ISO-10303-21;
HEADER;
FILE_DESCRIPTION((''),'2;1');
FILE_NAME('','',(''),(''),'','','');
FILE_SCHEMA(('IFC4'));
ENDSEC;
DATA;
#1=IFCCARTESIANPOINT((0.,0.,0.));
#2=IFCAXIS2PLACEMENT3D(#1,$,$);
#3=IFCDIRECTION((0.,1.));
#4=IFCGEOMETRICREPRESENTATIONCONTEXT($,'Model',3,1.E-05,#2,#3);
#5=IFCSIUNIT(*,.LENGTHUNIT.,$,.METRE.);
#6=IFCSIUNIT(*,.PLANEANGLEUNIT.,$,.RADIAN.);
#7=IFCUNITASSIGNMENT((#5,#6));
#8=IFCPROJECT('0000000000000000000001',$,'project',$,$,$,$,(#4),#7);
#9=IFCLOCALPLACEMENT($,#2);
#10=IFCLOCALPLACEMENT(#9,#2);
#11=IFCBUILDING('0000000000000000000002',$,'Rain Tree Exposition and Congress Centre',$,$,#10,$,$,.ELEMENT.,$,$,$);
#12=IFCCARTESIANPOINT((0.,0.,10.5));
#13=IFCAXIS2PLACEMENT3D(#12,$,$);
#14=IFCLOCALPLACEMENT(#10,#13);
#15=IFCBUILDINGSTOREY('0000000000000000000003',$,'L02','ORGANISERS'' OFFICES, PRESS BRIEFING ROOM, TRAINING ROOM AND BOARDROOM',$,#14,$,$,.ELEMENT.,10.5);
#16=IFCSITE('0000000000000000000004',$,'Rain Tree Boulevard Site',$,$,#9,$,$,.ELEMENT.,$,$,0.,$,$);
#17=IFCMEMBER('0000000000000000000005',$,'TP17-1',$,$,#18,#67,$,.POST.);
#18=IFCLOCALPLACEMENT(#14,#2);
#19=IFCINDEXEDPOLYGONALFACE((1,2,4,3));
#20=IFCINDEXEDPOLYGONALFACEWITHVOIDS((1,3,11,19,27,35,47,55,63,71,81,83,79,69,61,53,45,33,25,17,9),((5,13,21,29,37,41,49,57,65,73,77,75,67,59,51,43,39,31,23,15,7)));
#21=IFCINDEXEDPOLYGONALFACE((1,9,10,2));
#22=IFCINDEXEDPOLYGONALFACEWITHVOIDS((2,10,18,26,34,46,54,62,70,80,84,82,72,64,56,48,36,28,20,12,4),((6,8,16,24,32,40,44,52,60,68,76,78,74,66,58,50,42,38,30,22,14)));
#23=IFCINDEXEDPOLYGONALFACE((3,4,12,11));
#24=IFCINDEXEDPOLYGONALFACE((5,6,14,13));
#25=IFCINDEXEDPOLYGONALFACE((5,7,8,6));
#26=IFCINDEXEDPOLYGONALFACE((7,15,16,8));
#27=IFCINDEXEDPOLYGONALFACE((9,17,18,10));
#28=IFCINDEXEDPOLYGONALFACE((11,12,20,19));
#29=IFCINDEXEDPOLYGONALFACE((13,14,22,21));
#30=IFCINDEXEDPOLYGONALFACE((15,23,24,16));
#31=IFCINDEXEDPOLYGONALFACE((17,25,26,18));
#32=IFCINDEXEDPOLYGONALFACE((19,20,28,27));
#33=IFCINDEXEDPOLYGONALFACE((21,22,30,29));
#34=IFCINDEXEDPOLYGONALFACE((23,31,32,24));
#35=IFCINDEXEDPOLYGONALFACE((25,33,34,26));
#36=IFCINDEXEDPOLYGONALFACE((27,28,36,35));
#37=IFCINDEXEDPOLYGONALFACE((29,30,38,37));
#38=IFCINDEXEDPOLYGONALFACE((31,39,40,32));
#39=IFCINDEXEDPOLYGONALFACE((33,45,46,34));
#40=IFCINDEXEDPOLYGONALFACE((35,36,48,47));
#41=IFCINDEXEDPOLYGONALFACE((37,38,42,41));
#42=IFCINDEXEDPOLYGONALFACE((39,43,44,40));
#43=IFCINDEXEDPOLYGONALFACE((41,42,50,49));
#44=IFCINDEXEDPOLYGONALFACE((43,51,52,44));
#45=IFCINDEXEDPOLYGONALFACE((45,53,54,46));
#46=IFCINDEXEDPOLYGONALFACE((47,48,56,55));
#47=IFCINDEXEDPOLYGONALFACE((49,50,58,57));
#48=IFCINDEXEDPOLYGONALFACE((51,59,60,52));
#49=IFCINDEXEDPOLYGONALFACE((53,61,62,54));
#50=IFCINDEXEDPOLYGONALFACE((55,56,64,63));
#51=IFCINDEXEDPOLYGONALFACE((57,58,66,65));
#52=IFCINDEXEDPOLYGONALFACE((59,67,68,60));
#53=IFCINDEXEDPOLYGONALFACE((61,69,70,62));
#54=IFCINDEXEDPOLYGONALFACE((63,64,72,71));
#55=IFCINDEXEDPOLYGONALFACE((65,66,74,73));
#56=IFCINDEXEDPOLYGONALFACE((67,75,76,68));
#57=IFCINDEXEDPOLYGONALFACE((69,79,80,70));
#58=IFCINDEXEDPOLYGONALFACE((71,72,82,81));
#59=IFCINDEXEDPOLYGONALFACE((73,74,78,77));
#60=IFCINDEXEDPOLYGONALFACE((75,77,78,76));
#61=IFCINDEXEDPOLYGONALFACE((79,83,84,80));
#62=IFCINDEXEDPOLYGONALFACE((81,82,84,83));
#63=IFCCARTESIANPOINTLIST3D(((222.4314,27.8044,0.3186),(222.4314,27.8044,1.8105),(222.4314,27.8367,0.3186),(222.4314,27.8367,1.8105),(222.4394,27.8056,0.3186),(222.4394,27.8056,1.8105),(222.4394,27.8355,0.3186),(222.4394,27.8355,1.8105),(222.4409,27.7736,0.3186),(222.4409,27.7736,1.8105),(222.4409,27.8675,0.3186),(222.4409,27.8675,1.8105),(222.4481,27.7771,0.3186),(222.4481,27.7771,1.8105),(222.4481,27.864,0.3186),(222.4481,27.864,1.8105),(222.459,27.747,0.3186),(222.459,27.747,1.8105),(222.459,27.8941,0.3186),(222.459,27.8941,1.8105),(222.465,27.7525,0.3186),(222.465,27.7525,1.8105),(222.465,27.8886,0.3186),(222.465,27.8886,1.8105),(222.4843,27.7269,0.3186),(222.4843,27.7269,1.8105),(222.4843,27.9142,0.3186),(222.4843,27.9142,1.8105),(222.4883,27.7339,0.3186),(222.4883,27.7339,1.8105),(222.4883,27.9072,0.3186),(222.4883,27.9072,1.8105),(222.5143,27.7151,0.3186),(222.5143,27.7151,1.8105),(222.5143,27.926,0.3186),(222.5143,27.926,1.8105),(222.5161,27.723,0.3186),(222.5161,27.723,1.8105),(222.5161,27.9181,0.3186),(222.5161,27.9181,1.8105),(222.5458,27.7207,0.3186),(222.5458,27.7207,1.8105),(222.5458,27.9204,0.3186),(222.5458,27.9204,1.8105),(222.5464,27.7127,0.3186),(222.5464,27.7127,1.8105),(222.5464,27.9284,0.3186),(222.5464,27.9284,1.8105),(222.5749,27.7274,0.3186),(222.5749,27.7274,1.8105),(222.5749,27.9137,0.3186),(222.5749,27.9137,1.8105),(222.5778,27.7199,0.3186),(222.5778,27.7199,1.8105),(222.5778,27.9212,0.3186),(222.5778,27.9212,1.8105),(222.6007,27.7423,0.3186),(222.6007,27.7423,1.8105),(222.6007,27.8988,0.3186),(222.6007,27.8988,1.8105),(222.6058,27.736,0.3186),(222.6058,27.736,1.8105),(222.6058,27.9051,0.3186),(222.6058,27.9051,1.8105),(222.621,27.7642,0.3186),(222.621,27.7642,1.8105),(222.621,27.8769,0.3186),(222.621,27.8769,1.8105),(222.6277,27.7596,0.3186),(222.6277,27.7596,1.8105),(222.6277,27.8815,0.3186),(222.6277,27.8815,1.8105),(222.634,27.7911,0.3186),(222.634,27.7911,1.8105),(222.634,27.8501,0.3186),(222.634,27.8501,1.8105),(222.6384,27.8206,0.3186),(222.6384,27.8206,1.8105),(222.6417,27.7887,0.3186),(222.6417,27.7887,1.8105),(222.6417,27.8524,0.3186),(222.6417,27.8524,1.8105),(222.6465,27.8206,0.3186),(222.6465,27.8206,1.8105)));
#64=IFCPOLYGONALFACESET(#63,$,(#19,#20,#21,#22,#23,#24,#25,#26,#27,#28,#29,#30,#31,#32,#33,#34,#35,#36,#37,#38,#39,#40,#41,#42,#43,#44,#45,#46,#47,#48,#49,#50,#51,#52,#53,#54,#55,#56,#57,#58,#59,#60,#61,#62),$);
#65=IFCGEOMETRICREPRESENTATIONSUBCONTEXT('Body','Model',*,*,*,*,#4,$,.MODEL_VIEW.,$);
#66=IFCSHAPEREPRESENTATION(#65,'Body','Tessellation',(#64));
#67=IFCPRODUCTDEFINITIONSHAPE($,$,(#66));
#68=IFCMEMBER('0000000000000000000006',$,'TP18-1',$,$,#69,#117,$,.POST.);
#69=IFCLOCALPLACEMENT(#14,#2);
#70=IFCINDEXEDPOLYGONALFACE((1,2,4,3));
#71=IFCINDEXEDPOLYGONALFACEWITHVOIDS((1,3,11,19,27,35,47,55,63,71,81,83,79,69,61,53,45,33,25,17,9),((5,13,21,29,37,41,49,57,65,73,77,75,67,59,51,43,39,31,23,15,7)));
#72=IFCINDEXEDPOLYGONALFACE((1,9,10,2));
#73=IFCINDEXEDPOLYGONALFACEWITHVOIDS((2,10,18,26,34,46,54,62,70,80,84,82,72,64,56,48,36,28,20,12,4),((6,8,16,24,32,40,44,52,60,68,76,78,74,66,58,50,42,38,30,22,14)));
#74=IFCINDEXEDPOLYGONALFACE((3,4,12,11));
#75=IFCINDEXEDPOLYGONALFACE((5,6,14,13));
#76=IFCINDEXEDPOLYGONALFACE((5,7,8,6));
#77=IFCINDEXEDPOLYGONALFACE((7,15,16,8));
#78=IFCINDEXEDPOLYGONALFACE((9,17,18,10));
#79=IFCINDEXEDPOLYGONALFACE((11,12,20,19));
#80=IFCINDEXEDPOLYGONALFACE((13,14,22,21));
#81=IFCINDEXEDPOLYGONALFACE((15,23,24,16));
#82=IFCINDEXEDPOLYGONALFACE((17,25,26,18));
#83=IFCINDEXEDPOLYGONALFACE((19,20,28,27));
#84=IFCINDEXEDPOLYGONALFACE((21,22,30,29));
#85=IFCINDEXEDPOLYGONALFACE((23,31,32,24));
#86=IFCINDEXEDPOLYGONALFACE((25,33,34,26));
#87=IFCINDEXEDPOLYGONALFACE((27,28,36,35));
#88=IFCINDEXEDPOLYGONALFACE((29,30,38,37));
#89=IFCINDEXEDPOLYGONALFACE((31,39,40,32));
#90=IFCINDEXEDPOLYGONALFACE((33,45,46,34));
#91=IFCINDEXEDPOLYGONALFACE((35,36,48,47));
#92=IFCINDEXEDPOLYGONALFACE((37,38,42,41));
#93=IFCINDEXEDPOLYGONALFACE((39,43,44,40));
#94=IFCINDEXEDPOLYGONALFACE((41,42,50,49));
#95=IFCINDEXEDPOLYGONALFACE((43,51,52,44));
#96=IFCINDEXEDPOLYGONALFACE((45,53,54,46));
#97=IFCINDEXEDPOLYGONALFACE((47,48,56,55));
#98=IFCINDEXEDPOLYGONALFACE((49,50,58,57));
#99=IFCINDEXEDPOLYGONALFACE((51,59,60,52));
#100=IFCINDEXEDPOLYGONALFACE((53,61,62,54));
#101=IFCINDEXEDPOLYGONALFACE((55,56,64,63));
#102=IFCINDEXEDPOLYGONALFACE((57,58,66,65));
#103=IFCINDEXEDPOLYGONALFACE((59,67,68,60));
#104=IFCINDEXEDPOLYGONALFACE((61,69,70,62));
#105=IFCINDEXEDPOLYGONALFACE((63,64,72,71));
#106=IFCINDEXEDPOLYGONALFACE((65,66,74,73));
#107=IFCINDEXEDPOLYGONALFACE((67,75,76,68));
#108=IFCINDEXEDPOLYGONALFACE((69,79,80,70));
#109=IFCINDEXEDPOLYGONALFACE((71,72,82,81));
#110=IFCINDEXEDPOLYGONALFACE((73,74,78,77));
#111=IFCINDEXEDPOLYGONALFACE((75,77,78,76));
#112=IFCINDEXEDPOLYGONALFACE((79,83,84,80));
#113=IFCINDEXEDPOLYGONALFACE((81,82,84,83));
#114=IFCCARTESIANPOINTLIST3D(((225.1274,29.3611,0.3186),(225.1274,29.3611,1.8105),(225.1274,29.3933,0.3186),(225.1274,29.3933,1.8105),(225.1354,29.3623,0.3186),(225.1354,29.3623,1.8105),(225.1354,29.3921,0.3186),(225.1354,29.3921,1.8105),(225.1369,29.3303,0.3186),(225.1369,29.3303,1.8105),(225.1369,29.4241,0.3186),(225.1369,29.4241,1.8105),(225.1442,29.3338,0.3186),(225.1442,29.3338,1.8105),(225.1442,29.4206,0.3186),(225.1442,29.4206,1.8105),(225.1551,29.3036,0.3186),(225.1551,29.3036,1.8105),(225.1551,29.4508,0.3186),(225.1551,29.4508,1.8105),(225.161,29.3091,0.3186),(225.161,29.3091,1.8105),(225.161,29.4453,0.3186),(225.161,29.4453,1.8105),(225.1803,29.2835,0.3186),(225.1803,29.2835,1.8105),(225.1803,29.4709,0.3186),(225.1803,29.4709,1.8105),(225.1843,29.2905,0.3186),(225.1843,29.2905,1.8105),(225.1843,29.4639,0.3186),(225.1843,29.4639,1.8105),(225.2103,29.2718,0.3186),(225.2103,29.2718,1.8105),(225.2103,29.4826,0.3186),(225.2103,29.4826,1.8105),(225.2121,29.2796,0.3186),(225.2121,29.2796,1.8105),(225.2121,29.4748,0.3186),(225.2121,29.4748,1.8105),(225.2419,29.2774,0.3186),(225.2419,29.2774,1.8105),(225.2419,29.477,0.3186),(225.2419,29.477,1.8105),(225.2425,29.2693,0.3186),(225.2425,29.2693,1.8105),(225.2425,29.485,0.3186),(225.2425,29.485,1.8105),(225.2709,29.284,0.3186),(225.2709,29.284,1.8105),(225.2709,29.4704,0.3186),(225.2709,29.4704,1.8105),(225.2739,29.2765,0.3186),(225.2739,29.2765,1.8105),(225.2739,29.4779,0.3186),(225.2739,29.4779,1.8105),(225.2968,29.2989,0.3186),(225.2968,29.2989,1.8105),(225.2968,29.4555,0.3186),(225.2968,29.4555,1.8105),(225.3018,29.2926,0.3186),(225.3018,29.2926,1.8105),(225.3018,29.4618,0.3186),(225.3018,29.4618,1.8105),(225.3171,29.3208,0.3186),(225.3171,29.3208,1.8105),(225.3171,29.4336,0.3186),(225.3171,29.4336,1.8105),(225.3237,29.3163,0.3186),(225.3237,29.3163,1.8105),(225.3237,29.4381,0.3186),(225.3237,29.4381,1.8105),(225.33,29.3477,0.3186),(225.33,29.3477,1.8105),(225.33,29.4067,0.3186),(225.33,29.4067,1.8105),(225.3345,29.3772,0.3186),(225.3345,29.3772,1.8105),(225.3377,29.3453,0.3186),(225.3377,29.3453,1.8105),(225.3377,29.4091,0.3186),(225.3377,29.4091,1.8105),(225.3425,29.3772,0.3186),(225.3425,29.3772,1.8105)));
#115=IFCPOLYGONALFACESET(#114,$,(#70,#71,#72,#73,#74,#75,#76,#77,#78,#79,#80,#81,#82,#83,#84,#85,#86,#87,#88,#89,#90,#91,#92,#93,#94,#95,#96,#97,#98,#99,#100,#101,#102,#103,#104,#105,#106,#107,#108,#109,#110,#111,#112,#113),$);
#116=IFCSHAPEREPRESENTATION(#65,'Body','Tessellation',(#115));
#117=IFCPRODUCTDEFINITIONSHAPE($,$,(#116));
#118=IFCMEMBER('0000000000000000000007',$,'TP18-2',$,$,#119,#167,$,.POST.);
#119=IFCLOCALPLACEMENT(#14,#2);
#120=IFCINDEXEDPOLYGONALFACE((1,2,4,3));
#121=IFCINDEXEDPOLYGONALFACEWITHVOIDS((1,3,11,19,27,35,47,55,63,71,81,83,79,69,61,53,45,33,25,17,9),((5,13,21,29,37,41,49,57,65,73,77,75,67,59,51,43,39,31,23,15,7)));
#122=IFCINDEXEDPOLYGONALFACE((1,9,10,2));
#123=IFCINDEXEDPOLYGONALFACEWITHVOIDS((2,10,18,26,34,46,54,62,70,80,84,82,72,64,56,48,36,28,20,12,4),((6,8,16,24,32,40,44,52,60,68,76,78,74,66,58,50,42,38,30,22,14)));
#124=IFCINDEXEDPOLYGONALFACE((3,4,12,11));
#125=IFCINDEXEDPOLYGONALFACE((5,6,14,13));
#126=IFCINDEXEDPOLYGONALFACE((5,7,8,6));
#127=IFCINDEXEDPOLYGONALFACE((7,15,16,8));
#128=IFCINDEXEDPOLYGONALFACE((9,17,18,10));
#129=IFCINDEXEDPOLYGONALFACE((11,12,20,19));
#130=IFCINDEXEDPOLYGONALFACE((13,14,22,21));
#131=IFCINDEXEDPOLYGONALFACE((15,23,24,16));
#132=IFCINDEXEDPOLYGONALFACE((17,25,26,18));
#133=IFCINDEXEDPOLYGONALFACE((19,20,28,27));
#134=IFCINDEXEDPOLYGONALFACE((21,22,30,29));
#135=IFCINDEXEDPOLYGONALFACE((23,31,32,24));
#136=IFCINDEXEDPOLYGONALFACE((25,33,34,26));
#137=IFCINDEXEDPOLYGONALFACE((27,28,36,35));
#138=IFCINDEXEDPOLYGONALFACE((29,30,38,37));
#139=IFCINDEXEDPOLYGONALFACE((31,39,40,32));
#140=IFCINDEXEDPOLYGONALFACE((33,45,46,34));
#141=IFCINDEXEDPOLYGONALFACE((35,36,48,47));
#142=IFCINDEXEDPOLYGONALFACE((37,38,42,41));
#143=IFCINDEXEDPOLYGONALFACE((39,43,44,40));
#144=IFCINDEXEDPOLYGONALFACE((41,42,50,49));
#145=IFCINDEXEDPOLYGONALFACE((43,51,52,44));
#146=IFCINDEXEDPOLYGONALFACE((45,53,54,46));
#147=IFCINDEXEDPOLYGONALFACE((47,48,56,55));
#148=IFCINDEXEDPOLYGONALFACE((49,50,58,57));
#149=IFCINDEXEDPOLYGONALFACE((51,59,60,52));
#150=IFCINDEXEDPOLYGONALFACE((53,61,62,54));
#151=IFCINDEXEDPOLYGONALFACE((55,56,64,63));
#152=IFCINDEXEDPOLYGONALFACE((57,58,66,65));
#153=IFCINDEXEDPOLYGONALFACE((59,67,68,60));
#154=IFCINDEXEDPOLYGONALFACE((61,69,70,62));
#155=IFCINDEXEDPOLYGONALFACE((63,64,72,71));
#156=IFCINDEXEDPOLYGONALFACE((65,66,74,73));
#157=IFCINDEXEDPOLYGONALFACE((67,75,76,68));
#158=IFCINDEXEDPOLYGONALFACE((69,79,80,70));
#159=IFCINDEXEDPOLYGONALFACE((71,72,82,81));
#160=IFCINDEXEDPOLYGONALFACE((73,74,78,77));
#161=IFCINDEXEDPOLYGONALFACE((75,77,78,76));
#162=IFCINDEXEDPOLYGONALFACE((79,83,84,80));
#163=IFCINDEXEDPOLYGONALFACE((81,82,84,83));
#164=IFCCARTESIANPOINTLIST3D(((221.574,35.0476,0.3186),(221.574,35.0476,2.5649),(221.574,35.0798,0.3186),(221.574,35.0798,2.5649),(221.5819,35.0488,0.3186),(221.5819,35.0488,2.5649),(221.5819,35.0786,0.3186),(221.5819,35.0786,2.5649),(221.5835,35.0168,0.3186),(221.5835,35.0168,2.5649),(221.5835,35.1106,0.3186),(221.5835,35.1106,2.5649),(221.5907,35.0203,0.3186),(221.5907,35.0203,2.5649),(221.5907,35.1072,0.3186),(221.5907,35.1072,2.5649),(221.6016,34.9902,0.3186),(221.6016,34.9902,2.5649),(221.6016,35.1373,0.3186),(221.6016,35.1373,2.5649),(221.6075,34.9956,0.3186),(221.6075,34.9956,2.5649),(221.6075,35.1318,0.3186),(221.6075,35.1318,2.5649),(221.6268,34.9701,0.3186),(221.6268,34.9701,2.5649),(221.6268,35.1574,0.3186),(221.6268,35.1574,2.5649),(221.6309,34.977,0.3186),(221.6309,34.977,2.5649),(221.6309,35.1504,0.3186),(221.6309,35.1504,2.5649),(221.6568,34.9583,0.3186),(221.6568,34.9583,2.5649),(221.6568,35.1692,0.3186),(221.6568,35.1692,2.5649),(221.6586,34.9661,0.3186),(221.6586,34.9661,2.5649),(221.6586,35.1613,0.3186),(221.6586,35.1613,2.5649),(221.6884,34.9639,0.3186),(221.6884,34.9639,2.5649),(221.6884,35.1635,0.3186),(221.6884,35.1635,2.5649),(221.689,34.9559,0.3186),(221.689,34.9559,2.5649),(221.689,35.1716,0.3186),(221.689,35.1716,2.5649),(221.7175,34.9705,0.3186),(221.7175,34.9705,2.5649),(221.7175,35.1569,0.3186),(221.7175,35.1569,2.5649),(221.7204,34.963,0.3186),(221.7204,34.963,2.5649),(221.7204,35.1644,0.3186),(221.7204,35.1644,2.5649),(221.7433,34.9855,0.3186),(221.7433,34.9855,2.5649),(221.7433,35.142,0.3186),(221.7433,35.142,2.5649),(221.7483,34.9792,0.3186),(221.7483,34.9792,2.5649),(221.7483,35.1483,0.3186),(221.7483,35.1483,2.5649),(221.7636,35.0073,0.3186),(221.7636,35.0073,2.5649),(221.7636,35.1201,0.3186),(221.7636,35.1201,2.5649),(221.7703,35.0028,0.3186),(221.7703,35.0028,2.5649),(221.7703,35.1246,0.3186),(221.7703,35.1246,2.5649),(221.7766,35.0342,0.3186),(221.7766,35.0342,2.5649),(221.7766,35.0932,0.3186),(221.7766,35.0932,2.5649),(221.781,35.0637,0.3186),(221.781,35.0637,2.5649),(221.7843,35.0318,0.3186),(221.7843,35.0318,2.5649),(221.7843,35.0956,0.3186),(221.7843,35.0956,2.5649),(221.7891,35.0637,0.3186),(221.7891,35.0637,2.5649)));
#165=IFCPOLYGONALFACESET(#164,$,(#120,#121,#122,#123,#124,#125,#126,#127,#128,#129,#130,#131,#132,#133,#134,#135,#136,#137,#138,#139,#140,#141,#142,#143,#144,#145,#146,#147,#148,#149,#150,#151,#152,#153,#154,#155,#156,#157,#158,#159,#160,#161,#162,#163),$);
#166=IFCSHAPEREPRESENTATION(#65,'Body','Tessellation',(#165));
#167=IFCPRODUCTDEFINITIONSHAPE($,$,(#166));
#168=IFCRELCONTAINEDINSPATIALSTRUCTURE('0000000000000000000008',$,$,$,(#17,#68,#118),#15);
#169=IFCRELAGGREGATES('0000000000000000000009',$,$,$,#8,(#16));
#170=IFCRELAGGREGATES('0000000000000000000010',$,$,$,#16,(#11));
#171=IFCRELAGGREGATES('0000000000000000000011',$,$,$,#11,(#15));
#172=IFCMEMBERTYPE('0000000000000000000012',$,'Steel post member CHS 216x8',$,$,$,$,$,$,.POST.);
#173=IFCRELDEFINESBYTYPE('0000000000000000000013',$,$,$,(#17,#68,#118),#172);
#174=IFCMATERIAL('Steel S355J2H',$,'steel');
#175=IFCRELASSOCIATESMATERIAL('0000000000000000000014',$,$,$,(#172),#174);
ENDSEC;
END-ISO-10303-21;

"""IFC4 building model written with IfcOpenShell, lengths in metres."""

from ifc_helpers import new_model, si_unit, direction, frame, origin, origin_2d, place, context, subcontext, project, spatial, hollow_circle, extrude, material, material_profile, profile_set, type_object, element, save


model = new_model("IFC4")

# Units and contexts
model_context = context("Model", 3, precision=1e-05, world=origin(), true_north=direction((0.0, 1.0)))
body_context = subcontext(model_context, "Body", "Model", "MODEL_VIEW")
ifc_project = project(units=[si_unit("LENGTHUNIT", "METRE"), si_unit("PLANEANGLEUNIT", "RADIAN")], contexts=[model_context])

# Site, building, storey
site_placement = place(None, origin())
site = spatial("IfcSite", under=ifc_project, at=site_placement, Name="Rain Tree Boulevard Site", CompositionType="ELEMENT", RefElevation=0.0)
building_placement = place(site_placement, origin())
building = spatial("IfcBuilding", under=site, at=building_placement, Name="Rain Tree Exposition and Congress Centre", CompositionType="ELEMENT")
storey_placement = place(building_placement, frame((0.0, 0.0, 10.5)))
storey = spatial("IfcBuildingStorey", under=building, at=storey_placement, Name="L02", Description="ORGANISERS' OFFICES, PRESS BRIEFING ROOM, TRAINING ROOM AND BOARDROOM", CompositionType="ELEMENT", Elevation=10.5)

# Members
ifc_material_1 = material(Name="Steel S355J2H", Category="steel")
ifc_material_profile_1 = material_profile(ifc_material_1, hollow_circle(Radius=0.1082, WallThickness=0.0081, at=origin_2d()), Name="CHS 216x8")
ifc_profile_set_1 = profile_set([ifc_material_profile_1], Name="Steel S355J2H")
member_type_1 = type_object("IfcMemberType", Name="Steel post member CHS 216x8", PredefinedType="POST", material=ifc_profile_set_1)
for number, where, z_axis, x_axis, name in (
    (1, (222.5383, 27.8206, 0.3186), (0.0, 0.0, 1.0), (1.0, 0.0, 0.0), "TP17-1"),
    (2, (225.2344, 29.3772, 0.3186), (0.0, 0.0, 1.0), (1.0, 0.0, 0.0), "TP18-1"),
):
    element("IfcMember", number, at=place(storey_placement, frame(where, z_axis=z_axis, x_axis=x_axis)), inside=storey, type_object=member_type_1, Name=name, PredefinedType="POST", context=body_context, shape_type="SweptSolid", body=[
        extrude(hollow_circle(Radius=0.1082, WallThickness=0.0081, at=origin_2d()), origin(), (0.0, 0.0, 1.0), 1.4919),
    ])
member_1_placement = place(storey_placement, frame((221.6809, 35.0637, 0.3186), z_axis=(0.0, 0.0, 1.0), x_axis=(1.0, 0.0, 0.0)))
element("IfcMember", 3, at=member_1_placement, inside=storey, type_object=member_type_1, Name="TP18-2", PredefinedType="POST", context=body_context, shape_type="SweptSolid", body=[
    extrude(hollow_circle(Radius=0.1082, WallThickness=0.0081, at=origin_2d()), origin(), (0.0, 0.0, 1.0), 2.2463),
])

save(model, "model.ifc")
